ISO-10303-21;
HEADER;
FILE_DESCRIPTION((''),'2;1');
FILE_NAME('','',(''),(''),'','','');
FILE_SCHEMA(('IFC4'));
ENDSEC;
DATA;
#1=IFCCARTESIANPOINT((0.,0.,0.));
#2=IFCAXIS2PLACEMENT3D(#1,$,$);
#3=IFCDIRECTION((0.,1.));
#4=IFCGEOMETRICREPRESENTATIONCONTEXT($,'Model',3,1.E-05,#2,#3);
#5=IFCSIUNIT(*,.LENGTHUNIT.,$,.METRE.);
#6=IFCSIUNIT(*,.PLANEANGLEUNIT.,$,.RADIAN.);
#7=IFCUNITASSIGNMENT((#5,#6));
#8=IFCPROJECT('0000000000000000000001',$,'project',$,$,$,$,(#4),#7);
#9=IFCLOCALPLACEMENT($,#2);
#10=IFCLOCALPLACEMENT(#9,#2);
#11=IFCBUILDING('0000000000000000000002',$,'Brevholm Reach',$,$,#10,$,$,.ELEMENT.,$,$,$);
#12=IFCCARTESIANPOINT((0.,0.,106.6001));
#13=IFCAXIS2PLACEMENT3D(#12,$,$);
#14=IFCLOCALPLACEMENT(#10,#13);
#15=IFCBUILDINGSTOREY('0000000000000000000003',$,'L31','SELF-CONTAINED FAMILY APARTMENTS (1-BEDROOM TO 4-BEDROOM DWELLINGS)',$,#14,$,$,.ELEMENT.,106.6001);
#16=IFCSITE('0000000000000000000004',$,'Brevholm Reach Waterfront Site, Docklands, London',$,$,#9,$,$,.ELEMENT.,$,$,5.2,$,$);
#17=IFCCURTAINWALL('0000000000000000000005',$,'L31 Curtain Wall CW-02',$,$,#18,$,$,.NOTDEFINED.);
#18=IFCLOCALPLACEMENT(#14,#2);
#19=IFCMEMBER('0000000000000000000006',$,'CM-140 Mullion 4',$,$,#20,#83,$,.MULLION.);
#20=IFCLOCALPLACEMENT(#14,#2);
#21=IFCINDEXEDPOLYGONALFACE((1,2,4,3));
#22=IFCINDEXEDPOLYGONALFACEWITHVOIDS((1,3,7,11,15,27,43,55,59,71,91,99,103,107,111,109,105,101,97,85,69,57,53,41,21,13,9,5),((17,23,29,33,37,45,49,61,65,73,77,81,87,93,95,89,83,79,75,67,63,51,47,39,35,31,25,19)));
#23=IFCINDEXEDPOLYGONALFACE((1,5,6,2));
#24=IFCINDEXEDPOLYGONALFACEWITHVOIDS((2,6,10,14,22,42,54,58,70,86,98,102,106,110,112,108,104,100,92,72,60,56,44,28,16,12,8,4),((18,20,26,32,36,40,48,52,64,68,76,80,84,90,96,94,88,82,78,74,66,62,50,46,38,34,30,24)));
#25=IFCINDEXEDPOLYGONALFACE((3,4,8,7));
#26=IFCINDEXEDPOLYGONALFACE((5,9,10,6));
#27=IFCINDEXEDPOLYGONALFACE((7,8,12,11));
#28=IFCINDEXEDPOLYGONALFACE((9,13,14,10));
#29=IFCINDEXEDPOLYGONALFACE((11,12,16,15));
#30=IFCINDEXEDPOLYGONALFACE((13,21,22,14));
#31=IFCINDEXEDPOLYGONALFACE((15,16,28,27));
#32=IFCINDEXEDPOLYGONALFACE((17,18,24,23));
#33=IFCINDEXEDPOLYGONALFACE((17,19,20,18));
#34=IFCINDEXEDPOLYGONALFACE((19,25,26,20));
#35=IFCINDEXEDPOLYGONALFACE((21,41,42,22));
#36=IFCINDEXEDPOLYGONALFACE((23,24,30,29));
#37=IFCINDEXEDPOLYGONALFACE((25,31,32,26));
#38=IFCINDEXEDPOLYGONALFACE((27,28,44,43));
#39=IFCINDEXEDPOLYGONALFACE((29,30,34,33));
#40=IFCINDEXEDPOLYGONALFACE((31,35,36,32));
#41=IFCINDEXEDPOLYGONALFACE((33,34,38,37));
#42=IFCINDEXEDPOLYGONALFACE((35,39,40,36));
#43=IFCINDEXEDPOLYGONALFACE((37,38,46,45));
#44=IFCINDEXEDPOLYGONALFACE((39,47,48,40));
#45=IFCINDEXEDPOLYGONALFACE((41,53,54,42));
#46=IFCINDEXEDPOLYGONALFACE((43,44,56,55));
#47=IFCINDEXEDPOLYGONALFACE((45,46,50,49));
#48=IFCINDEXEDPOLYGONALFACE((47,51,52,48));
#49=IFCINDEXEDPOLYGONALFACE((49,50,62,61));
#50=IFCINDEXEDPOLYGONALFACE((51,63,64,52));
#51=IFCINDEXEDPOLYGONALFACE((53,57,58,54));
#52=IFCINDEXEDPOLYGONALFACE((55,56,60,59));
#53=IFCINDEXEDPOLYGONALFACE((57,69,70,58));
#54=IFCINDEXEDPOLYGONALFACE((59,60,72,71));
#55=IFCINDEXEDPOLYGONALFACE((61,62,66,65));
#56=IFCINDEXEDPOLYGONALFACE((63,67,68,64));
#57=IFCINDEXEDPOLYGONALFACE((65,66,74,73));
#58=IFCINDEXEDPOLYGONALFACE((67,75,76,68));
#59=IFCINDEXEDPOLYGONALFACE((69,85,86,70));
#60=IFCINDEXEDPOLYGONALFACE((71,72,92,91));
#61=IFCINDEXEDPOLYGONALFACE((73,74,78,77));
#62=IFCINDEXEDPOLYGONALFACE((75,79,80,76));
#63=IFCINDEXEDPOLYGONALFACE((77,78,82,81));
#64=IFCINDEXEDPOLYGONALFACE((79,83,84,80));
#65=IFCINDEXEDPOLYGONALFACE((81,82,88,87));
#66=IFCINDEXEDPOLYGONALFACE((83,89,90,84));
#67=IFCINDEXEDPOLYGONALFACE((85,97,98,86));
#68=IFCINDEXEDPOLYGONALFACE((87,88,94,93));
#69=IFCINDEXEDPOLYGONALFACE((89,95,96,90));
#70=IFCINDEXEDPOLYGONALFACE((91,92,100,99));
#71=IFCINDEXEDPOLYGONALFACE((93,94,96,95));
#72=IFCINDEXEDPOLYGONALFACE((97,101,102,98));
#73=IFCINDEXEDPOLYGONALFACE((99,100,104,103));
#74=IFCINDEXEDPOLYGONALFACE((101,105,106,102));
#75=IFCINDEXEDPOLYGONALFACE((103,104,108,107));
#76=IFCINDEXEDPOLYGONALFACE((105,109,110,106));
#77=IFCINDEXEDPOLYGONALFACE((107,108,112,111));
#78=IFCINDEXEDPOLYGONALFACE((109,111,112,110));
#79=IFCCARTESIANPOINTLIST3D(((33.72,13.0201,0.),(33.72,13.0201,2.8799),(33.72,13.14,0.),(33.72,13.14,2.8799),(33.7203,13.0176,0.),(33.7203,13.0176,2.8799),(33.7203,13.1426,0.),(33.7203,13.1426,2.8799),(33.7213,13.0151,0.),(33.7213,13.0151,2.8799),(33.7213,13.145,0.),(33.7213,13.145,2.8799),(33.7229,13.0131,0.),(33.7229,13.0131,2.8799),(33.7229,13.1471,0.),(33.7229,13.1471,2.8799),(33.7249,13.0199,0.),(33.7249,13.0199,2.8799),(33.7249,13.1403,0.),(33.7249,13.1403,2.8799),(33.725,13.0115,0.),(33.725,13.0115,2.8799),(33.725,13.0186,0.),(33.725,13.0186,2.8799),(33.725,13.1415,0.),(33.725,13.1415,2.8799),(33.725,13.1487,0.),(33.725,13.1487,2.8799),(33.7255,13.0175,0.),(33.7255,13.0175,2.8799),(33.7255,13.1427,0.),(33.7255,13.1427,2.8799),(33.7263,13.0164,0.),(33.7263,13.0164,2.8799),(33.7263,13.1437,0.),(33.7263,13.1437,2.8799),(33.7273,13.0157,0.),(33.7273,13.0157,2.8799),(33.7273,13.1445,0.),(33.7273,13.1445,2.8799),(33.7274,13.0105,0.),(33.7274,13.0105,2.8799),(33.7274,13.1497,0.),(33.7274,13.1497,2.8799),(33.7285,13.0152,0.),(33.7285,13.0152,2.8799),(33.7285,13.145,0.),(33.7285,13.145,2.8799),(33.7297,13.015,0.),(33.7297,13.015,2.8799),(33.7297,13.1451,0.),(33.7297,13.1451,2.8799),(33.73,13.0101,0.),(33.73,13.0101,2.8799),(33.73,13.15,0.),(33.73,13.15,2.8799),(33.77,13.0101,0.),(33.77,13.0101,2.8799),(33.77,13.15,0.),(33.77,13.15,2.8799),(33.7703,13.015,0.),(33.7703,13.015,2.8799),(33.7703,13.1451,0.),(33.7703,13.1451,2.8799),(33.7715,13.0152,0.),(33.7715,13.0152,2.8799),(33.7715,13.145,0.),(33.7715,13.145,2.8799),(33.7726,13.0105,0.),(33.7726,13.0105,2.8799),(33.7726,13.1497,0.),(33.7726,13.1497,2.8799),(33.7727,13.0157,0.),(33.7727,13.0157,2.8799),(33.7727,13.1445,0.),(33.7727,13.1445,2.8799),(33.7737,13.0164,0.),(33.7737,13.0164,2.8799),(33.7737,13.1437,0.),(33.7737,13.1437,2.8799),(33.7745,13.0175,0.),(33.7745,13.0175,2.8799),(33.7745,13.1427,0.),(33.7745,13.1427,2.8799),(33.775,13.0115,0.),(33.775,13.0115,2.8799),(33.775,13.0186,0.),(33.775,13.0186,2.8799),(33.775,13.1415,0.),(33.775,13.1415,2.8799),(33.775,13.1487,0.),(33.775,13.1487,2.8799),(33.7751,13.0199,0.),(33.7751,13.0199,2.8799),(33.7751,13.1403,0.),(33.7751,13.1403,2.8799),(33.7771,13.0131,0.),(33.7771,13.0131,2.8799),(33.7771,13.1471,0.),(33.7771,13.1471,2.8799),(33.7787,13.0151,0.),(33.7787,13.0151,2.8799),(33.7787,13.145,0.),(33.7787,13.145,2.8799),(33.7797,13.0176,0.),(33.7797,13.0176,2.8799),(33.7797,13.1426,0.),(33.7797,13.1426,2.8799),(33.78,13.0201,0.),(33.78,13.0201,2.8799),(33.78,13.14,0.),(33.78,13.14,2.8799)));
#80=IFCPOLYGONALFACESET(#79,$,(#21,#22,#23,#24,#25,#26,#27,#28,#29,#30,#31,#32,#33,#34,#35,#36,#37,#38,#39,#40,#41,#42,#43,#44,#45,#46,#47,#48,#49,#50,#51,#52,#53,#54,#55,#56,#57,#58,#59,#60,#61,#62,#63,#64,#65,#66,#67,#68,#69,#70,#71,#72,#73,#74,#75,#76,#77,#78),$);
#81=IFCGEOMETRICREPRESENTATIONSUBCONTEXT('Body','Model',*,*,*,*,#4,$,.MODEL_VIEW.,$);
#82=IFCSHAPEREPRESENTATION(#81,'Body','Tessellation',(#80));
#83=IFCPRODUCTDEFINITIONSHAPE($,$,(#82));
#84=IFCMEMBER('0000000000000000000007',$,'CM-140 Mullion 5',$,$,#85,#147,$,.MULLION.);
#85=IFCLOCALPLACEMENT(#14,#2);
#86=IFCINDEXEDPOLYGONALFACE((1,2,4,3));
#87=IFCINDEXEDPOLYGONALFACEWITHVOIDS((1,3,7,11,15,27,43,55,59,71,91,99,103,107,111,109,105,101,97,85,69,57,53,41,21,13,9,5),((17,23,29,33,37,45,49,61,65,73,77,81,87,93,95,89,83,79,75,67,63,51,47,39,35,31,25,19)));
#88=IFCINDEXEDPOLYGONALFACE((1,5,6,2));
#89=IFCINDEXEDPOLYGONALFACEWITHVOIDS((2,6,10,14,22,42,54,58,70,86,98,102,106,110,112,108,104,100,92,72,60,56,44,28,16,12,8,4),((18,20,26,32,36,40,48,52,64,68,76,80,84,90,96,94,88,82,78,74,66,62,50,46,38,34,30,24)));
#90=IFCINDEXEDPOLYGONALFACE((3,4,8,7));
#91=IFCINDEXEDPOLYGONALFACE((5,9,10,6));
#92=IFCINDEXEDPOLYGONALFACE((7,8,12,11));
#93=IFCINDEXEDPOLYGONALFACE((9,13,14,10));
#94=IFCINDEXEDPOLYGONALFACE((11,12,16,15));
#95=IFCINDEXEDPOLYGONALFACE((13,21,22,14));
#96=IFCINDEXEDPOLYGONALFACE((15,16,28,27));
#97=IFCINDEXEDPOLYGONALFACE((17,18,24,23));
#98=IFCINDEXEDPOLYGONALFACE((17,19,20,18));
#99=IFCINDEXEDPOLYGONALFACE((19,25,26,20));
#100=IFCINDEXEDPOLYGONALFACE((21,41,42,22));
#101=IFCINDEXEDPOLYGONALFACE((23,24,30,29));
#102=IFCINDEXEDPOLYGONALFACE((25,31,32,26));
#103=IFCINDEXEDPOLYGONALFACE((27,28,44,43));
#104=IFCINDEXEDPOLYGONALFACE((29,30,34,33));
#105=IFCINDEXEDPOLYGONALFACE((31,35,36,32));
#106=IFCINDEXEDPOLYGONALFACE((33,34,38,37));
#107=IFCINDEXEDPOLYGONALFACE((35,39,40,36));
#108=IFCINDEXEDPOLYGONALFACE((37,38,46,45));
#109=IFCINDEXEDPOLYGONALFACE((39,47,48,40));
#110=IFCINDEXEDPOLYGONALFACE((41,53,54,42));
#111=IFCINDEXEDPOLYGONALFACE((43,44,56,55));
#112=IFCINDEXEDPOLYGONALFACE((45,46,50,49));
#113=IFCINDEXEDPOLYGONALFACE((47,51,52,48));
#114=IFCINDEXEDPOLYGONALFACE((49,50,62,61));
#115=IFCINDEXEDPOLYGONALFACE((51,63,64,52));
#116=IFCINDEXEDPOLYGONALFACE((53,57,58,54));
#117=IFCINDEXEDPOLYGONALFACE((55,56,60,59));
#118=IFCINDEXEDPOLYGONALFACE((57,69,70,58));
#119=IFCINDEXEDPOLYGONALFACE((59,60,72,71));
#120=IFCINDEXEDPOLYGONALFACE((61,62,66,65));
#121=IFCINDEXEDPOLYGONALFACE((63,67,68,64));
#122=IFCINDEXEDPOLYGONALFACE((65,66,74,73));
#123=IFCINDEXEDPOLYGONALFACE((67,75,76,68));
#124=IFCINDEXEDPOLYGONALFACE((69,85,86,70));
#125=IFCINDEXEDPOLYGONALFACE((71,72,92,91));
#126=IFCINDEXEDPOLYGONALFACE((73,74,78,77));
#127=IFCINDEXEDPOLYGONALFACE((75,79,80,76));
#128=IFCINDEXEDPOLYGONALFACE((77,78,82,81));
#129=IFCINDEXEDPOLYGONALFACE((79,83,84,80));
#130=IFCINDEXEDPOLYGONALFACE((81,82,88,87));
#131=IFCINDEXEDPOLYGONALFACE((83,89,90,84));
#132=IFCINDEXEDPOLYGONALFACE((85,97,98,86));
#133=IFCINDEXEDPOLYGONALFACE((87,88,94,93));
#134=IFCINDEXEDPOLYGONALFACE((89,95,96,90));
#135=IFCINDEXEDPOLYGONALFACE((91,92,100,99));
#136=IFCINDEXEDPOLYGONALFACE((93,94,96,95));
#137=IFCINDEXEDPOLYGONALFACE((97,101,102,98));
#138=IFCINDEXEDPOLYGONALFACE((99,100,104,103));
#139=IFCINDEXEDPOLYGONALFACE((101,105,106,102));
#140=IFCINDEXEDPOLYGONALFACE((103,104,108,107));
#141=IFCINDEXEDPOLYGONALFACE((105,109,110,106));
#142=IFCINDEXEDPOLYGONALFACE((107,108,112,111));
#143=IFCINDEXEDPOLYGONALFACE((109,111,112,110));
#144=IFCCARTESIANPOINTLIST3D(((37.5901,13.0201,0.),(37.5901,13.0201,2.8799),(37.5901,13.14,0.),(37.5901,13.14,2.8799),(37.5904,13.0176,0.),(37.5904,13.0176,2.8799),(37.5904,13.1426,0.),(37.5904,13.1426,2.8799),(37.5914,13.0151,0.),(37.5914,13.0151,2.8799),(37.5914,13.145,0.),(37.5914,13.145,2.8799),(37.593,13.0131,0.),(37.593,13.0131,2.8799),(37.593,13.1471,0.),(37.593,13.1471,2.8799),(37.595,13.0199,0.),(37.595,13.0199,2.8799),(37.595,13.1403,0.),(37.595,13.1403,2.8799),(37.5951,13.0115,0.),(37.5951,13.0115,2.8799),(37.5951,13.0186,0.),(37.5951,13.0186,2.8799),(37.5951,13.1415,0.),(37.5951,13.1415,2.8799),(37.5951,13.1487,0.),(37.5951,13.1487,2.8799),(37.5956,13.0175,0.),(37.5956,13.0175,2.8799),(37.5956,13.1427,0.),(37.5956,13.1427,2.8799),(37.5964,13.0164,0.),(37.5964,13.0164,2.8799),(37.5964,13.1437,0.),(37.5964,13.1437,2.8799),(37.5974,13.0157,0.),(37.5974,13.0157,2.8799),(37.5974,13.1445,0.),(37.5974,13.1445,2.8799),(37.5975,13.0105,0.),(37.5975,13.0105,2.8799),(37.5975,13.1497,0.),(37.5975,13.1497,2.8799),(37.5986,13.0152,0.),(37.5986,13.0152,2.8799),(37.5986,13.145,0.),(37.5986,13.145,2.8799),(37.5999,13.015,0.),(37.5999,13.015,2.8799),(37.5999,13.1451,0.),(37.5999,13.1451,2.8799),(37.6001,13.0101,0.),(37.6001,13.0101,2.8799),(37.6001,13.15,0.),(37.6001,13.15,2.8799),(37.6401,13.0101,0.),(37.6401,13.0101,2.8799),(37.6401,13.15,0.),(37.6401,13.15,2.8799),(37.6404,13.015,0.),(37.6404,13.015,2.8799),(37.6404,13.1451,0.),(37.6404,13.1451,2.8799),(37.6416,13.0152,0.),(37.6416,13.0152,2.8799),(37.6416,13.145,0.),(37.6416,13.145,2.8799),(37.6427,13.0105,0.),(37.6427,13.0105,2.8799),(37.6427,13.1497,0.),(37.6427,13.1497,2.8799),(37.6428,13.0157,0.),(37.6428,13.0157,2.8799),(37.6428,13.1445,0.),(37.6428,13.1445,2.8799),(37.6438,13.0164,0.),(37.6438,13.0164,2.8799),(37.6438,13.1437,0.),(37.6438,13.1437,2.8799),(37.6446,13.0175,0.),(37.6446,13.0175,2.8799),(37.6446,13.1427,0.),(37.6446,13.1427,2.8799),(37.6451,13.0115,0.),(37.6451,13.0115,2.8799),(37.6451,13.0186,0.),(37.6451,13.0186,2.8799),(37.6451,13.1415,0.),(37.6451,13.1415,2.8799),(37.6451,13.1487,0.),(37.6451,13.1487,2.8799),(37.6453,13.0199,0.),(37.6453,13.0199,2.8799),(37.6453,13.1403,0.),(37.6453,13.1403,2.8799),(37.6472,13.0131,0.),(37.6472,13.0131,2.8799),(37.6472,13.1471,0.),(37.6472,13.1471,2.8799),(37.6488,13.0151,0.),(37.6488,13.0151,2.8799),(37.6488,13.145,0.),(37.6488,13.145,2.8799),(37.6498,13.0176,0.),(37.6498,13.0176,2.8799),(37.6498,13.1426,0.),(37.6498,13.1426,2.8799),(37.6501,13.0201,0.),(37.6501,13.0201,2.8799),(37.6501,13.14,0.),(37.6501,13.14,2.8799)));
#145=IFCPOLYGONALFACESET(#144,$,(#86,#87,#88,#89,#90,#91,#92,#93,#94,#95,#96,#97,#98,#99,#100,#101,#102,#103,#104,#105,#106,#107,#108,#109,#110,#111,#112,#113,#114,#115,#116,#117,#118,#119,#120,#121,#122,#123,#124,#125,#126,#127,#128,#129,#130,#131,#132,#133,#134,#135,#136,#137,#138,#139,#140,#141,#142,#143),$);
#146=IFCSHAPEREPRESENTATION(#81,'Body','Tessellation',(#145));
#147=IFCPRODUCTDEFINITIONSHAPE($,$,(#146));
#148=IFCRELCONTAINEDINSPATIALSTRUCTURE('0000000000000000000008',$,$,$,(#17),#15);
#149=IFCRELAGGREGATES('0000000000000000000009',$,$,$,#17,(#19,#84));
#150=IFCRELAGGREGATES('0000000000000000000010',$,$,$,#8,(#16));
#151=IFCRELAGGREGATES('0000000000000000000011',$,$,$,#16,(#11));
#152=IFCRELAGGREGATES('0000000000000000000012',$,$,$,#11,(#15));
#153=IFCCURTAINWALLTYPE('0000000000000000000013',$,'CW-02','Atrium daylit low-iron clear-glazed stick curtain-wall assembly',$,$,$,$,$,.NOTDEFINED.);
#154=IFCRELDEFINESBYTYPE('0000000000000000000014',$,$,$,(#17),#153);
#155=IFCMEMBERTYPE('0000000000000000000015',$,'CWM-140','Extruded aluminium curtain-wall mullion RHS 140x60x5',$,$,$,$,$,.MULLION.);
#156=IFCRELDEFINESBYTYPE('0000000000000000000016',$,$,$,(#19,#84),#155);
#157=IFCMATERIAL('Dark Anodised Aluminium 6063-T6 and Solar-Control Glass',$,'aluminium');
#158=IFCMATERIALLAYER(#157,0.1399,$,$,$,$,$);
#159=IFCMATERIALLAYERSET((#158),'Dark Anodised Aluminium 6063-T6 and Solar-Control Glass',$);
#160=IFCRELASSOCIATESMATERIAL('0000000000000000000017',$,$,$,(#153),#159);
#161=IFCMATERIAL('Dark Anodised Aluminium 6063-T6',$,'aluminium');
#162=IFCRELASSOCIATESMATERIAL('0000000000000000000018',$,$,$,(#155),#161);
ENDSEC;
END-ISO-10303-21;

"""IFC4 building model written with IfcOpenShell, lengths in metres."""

from ifc_helpers import new_model, si_unit, direction, frame, origin, origin_2d, place, context, subcontext, project, spatial, hollow_rectangle, extrude, material, layer, layer_set, material_profile, profile_set, type_object, element, aggregate, save


model = new_model("IFC4")

# Units and contexts
model_context = context("Model", 3, precision=1e-05, world=origin(), true_north=direction((0.0, 1.0)))
body_context = subcontext(model_context, "Body", "Model", "MODEL_VIEW")
ifc_project = project(units=[si_unit("LENGTHUNIT", "METRE"), si_unit("PLANEANGLEUNIT", "RADIAN")], contexts=[model_context])

# Site, building, storey
site_placement = place(None, origin())
site = spatial("IfcSite", under=ifc_project, at=site_placement, Name="Brevholm Reach Waterfront Site, Docklands, London", CompositionType="ELEMENT", RefElevation=5.2)
building_placement = place(site_placement, origin())
building = spatial("IfcBuilding", under=site, at=building_placement, Name="Brevholm Reach", CompositionType="ELEMENT")
storey_placement = place(building_placement, frame((0.0, 0.0, 106.6001)))
storey = spatial("IfcBuildingStorey", under=building, at=storey_placement, Name="L31", Description="SELF-CONTAINED FAMILY APARTMENTS (1-BEDROOM TO 4-BEDROOM DWELLINGS)", CompositionType="ELEMENT", Elevation=106.6001)

# Curtain wall, members
ifc_material_1 = material(Name="Dark Anodised Aluminium 6063-T6 and Solar-Control Glass", Category="aluminium")
ifc_layer_1 = layer(ifc_material_1, 0.1399)
ifc_layer_set_1 = layer_set([ifc_layer_1], Name="Dark Anodised Aluminium 6063-T6 and Solar-Control Glass")
curtain_wall_type = type_object("IfcCurtainWallType", Name="CW-02", Description="Atrium daylit low-iron clear-glazed stick curtain-wall assembly", PredefinedType="NOTDEFINED", material=ifc_layer_set_1)
curtain_wall_placement = place(storey_placement, origin())
curtain_wall = element("IfcCurtainWall", 1, at=curtain_wall_placement, inside=storey, type_object=curtain_wall_type, Name="L31 Curtain Wall CW-02", PredefinedType="NOTDEFINED")
ifc_material_2 = material(Name="Dark Anodised Aluminium 6063-T6", Category="aluminium")
ifc_material_profile_1 = material_profile(ifc_material_2, hollow_rectangle(XDim=0.0601, YDim=0.1399, WallThickness=0.0049, InnerFilletRadius=0.0049, OuterFilletRadius=0.01, at=origin_2d()), Name="RHS 140x60x5")
ifc_profile_set_1 = profile_set([ifc_material_profile_1], Name="Dark Anodised Aluminium 6063-T6")
member_type_1 = type_object("IfcMemberType", Name="CWM-140", Description="Extruded aluminium curtain-wall mullion RHS 140x60x5", PredefinedType="MULLION", material=ifc_profile_set_1)
member_1_placement = place(storey_placement, frame((33.75, 13.0801, 0.0), z_axis=(0.0, 0.0, 1.0), x_axis=(1.0, 0.0, 0.0)))
member_1 = element("IfcMember", 2, at=member_1_placement, type_object=member_type_1, Name="CM-140 Mullion 4", PredefinedType="MULLION", context=body_context, shape_type="SweptSolid", body=[
    extrude(hollow_rectangle(XDim=0.0601, YDim=0.1399, WallThickness=0.0049, InnerFilletRadius=0.0049, OuterFilletRadius=0.01, at=origin_2d()), origin(), (0.0, 0.0, 1.0), 2.8799),
])
member_2_placement = place(storey_placement, frame((37.6201, 13.0801, 0.0), z_axis=(0.0, 0.0, 1.0), x_axis=(1.0, 0.0, 0.0)))
member_2 = element("IfcMember", 3, at=member_2_placement, type_object=member_type_1, Name="CM-140 Mullion 5", PredefinedType="MULLION", context=body_context, shape_type="SweptSolid", body=[
    extrude(hollow_rectangle(XDim=0.0601, YDim=0.1399, WallThickness=0.0049, InnerFilletRadius=0.0049, OuterFilletRadius=0.01, at=origin_2d()), origin(), (0.0, 0.0, 1.0), 2.8799),
])
aggregate(curtain_wall, [member_1, member_2])

save(model, "model.ifc")
